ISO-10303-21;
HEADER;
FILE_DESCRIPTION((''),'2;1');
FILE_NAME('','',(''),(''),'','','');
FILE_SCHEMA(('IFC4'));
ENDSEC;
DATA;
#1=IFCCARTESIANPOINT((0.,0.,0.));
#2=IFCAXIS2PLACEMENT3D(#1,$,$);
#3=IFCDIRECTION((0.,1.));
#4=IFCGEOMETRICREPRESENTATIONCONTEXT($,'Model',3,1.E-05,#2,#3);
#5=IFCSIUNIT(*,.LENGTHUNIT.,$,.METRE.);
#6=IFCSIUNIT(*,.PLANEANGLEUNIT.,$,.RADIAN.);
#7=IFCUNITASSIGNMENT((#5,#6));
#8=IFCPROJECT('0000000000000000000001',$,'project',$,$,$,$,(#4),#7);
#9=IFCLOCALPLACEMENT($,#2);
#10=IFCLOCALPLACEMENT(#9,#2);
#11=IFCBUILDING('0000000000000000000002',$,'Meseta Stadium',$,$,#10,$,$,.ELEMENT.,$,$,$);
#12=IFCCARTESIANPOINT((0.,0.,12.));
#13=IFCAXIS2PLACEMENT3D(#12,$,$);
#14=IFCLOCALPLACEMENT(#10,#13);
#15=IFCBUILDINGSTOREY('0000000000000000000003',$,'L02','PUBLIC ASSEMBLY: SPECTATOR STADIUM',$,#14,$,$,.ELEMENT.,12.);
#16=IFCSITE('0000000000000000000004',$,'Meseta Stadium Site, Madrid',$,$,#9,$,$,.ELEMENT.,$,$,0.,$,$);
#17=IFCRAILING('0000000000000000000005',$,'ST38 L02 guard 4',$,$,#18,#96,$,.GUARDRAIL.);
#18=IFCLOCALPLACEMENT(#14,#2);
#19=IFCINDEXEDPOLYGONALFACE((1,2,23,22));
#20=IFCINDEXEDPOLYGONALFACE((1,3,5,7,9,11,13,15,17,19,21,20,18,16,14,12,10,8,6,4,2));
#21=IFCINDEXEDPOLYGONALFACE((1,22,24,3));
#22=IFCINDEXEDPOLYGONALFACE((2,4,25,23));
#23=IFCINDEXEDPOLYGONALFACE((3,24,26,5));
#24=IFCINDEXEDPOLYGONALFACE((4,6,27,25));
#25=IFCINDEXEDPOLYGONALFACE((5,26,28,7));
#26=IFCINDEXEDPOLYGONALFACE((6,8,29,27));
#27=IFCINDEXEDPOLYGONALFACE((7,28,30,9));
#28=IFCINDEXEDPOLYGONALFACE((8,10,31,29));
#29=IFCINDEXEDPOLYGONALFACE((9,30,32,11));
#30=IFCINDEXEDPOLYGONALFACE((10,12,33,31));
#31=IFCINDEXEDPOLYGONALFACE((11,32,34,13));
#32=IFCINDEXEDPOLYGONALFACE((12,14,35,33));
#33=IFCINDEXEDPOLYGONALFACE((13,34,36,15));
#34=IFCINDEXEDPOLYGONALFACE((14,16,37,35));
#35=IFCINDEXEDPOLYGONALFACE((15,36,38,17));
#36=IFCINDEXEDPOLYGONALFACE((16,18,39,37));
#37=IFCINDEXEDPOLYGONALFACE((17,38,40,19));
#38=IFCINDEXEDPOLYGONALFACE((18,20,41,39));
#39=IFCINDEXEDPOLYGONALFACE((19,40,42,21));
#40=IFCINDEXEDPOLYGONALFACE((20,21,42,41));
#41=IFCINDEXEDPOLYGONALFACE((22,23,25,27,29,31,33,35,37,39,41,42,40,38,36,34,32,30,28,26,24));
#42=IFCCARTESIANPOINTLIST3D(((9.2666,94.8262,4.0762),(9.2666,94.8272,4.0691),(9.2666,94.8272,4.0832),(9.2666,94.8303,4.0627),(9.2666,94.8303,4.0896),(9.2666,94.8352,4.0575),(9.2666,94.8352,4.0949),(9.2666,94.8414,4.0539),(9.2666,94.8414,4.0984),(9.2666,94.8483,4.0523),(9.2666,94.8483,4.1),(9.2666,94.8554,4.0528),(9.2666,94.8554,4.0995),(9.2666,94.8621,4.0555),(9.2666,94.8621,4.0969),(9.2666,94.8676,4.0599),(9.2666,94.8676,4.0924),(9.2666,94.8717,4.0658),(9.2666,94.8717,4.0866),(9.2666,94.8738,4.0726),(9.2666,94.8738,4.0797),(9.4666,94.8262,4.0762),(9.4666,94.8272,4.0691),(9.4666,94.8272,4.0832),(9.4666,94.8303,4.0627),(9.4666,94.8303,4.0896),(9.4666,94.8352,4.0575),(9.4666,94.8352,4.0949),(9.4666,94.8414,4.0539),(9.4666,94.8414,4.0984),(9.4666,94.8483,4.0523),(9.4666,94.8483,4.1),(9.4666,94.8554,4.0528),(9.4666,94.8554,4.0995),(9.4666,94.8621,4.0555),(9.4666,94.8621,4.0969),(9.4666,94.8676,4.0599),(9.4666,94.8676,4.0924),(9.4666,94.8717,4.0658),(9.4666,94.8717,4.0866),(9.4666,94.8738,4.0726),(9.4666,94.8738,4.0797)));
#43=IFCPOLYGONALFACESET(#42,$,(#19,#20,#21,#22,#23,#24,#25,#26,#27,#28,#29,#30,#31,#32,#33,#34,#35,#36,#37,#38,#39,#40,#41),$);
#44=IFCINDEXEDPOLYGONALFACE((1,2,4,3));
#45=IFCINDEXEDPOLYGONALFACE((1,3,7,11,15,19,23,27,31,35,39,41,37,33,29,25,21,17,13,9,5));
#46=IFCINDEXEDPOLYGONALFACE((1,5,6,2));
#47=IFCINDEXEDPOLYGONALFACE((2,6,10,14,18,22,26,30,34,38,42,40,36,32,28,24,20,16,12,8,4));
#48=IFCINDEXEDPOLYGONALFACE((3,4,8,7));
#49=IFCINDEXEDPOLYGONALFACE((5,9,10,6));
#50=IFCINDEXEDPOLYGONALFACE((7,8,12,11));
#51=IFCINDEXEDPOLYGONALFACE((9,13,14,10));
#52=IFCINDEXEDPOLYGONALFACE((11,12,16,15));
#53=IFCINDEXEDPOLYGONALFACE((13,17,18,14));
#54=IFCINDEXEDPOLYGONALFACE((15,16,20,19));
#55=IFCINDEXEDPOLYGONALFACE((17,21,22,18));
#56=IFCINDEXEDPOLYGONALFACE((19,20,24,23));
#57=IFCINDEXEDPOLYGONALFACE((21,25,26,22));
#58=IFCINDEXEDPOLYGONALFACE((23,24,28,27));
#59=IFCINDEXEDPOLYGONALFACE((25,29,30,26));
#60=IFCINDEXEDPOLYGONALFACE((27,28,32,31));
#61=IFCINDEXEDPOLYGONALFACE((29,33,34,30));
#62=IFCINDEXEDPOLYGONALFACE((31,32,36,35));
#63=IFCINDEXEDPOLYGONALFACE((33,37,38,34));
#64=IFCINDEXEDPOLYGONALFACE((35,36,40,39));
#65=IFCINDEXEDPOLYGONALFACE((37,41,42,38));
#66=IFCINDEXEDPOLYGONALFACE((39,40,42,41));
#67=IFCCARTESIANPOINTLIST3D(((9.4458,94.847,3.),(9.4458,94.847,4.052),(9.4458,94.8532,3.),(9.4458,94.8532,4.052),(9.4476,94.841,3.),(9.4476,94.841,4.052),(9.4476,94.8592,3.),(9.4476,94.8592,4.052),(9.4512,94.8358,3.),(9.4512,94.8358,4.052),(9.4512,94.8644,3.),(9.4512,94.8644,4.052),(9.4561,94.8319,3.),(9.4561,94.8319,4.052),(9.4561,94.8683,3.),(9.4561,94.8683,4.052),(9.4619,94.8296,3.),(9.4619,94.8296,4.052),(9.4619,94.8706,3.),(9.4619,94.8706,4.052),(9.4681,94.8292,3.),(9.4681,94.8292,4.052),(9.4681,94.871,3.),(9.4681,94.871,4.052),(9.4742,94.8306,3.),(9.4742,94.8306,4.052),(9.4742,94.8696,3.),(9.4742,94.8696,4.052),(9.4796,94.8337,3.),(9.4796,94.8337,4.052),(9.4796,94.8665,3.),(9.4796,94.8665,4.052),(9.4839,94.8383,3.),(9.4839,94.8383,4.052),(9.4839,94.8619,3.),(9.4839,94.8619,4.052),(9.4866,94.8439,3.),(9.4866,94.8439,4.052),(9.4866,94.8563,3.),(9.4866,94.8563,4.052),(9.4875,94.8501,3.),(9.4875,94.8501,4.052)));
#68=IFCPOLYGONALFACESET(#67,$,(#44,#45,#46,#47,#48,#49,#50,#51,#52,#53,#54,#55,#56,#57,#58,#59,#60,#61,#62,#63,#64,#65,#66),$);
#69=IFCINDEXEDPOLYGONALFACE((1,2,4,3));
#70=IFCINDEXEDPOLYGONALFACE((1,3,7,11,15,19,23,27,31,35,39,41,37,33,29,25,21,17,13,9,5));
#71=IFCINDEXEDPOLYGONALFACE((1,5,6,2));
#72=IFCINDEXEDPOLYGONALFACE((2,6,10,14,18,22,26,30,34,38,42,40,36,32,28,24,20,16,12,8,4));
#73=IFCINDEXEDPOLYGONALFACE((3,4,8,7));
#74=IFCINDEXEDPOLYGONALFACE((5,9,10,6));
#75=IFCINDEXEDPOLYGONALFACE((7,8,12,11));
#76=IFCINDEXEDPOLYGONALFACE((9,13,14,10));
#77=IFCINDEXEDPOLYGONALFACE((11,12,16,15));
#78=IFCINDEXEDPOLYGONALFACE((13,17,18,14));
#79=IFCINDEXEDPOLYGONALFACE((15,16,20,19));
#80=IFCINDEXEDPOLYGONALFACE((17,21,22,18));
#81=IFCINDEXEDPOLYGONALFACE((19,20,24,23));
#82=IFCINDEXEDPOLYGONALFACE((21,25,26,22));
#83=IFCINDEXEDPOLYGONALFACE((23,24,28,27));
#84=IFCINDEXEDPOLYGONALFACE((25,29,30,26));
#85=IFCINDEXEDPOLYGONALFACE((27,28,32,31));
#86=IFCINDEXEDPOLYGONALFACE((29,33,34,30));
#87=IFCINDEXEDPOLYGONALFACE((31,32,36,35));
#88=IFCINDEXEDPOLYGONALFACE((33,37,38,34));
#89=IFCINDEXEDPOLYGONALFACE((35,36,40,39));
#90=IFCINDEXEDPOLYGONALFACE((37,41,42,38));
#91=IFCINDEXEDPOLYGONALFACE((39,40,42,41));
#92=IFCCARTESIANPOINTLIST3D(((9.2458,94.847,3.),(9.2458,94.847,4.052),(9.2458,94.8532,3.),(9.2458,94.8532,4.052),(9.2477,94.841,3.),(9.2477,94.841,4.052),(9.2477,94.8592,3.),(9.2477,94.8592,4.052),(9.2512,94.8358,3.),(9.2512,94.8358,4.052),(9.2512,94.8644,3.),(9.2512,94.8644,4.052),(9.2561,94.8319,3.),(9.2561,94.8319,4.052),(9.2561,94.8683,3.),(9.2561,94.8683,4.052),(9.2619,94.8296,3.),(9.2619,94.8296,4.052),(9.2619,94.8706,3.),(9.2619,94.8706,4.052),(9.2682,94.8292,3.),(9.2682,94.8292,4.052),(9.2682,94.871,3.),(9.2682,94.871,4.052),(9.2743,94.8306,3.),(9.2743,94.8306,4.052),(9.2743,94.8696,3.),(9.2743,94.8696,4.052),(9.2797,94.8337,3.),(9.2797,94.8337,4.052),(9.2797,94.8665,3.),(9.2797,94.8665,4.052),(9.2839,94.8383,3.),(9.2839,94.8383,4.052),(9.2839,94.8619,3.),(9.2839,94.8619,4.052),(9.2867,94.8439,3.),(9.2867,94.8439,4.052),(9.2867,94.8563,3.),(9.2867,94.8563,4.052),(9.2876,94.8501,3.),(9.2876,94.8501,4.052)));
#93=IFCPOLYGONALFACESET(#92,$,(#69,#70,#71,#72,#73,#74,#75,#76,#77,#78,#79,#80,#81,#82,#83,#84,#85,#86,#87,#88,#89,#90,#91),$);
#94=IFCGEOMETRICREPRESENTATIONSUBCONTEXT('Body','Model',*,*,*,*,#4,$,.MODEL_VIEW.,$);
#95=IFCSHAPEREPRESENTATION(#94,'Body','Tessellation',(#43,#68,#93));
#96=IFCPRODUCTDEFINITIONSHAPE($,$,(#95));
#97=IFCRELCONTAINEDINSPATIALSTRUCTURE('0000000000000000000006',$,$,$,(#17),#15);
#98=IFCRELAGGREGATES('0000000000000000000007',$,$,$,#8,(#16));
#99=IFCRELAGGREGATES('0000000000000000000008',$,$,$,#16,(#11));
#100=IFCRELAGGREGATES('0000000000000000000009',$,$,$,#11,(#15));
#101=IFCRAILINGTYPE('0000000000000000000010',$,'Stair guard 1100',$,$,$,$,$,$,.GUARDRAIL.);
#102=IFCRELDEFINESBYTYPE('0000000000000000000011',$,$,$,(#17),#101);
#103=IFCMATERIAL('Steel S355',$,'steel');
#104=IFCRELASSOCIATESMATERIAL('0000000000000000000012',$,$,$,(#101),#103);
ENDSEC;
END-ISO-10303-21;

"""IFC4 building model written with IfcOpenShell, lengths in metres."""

from ifc_helpers import new_model, si_unit, direction, frame, origin, origin_2d, place, context, subcontext, project, spatial, circle, extrude, material, type_object, element, save


model = new_model("IFC4")

# Units and contexts
model_context = context("Model", 3, precision=1e-05, world=origin(), true_north=direction((0.0, 1.0)))
body_context = subcontext(model_context, "Body", "Model", "MODEL_VIEW")
ifc_project = project(units=[si_unit("LENGTHUNIT", "METRE"), si_unit("PLANEANGLEUNIT", "RADIAN")], contexts=[model_context])

# Site, building, storey
site_placement = place(None, origin())
site = spatial("IfcSite", under=ifc_project, at=site_placement, Name="Meseta Stadium Site, Madrid", CompositionType="ELEMENT", RefElevation=0.0)
building_placement = place(site_placement, origin())
building = spatial("IfcBuilding", under=site, at=building_placement, Name="Meseta Stadium", CompositionType="ELEMENT")
storey_placement = place(building_placement, frame((0.0, 0.0, 12.0)))
storey = spatial("IfcBuildingStorey", under=building, at=storey_placement, Name="L02", Description="PUBLIC ASSEMBLY: SPECTATOR STADIUM", CompositionType="ELEMENT", Elevation=12.0)

# Railing
ifc_material_1 = material(Name="Steel S355", Category="steel")
railing_type_1 = type_object("IfcRailingType", Name="Stair guard 1100", PredefinedType="GUARDRAIL", material=ifc_material_1)
railing_1_placement = place(storey_placement, frame((9.4666, 94.8501, 3.0)))
element("IfcRailing", 1, at=railing_1_placement, inside=storey, type_object=railing_type_1, Name="ST38 L02 guard 4", PredefinedType="GUARDRAIL", context=body_context, shape_type="SweptSolid", body=[
    extrude(circle(Radius=0.0239, at=origin_2d()), frame((0.0, 0.0, 1.0762), z_axis=(-1.0, 0.0, 0.0), x_axis=(0.0, -1.0, 0.0)), (0.0, 0.0, 1.0), 0.2),
    extrude(circle(Radius=0.021, at=origin_2d()), origin(), (0.0, 0.0, 1.0), 1.052),
    extrude(circle(Radius=0.021, at=origin_2d()), frame((-0.2, 0.0, 0.0)), (0.0, 0.0, 1.0), 1.052),
])

save(model, "model.ifc")
